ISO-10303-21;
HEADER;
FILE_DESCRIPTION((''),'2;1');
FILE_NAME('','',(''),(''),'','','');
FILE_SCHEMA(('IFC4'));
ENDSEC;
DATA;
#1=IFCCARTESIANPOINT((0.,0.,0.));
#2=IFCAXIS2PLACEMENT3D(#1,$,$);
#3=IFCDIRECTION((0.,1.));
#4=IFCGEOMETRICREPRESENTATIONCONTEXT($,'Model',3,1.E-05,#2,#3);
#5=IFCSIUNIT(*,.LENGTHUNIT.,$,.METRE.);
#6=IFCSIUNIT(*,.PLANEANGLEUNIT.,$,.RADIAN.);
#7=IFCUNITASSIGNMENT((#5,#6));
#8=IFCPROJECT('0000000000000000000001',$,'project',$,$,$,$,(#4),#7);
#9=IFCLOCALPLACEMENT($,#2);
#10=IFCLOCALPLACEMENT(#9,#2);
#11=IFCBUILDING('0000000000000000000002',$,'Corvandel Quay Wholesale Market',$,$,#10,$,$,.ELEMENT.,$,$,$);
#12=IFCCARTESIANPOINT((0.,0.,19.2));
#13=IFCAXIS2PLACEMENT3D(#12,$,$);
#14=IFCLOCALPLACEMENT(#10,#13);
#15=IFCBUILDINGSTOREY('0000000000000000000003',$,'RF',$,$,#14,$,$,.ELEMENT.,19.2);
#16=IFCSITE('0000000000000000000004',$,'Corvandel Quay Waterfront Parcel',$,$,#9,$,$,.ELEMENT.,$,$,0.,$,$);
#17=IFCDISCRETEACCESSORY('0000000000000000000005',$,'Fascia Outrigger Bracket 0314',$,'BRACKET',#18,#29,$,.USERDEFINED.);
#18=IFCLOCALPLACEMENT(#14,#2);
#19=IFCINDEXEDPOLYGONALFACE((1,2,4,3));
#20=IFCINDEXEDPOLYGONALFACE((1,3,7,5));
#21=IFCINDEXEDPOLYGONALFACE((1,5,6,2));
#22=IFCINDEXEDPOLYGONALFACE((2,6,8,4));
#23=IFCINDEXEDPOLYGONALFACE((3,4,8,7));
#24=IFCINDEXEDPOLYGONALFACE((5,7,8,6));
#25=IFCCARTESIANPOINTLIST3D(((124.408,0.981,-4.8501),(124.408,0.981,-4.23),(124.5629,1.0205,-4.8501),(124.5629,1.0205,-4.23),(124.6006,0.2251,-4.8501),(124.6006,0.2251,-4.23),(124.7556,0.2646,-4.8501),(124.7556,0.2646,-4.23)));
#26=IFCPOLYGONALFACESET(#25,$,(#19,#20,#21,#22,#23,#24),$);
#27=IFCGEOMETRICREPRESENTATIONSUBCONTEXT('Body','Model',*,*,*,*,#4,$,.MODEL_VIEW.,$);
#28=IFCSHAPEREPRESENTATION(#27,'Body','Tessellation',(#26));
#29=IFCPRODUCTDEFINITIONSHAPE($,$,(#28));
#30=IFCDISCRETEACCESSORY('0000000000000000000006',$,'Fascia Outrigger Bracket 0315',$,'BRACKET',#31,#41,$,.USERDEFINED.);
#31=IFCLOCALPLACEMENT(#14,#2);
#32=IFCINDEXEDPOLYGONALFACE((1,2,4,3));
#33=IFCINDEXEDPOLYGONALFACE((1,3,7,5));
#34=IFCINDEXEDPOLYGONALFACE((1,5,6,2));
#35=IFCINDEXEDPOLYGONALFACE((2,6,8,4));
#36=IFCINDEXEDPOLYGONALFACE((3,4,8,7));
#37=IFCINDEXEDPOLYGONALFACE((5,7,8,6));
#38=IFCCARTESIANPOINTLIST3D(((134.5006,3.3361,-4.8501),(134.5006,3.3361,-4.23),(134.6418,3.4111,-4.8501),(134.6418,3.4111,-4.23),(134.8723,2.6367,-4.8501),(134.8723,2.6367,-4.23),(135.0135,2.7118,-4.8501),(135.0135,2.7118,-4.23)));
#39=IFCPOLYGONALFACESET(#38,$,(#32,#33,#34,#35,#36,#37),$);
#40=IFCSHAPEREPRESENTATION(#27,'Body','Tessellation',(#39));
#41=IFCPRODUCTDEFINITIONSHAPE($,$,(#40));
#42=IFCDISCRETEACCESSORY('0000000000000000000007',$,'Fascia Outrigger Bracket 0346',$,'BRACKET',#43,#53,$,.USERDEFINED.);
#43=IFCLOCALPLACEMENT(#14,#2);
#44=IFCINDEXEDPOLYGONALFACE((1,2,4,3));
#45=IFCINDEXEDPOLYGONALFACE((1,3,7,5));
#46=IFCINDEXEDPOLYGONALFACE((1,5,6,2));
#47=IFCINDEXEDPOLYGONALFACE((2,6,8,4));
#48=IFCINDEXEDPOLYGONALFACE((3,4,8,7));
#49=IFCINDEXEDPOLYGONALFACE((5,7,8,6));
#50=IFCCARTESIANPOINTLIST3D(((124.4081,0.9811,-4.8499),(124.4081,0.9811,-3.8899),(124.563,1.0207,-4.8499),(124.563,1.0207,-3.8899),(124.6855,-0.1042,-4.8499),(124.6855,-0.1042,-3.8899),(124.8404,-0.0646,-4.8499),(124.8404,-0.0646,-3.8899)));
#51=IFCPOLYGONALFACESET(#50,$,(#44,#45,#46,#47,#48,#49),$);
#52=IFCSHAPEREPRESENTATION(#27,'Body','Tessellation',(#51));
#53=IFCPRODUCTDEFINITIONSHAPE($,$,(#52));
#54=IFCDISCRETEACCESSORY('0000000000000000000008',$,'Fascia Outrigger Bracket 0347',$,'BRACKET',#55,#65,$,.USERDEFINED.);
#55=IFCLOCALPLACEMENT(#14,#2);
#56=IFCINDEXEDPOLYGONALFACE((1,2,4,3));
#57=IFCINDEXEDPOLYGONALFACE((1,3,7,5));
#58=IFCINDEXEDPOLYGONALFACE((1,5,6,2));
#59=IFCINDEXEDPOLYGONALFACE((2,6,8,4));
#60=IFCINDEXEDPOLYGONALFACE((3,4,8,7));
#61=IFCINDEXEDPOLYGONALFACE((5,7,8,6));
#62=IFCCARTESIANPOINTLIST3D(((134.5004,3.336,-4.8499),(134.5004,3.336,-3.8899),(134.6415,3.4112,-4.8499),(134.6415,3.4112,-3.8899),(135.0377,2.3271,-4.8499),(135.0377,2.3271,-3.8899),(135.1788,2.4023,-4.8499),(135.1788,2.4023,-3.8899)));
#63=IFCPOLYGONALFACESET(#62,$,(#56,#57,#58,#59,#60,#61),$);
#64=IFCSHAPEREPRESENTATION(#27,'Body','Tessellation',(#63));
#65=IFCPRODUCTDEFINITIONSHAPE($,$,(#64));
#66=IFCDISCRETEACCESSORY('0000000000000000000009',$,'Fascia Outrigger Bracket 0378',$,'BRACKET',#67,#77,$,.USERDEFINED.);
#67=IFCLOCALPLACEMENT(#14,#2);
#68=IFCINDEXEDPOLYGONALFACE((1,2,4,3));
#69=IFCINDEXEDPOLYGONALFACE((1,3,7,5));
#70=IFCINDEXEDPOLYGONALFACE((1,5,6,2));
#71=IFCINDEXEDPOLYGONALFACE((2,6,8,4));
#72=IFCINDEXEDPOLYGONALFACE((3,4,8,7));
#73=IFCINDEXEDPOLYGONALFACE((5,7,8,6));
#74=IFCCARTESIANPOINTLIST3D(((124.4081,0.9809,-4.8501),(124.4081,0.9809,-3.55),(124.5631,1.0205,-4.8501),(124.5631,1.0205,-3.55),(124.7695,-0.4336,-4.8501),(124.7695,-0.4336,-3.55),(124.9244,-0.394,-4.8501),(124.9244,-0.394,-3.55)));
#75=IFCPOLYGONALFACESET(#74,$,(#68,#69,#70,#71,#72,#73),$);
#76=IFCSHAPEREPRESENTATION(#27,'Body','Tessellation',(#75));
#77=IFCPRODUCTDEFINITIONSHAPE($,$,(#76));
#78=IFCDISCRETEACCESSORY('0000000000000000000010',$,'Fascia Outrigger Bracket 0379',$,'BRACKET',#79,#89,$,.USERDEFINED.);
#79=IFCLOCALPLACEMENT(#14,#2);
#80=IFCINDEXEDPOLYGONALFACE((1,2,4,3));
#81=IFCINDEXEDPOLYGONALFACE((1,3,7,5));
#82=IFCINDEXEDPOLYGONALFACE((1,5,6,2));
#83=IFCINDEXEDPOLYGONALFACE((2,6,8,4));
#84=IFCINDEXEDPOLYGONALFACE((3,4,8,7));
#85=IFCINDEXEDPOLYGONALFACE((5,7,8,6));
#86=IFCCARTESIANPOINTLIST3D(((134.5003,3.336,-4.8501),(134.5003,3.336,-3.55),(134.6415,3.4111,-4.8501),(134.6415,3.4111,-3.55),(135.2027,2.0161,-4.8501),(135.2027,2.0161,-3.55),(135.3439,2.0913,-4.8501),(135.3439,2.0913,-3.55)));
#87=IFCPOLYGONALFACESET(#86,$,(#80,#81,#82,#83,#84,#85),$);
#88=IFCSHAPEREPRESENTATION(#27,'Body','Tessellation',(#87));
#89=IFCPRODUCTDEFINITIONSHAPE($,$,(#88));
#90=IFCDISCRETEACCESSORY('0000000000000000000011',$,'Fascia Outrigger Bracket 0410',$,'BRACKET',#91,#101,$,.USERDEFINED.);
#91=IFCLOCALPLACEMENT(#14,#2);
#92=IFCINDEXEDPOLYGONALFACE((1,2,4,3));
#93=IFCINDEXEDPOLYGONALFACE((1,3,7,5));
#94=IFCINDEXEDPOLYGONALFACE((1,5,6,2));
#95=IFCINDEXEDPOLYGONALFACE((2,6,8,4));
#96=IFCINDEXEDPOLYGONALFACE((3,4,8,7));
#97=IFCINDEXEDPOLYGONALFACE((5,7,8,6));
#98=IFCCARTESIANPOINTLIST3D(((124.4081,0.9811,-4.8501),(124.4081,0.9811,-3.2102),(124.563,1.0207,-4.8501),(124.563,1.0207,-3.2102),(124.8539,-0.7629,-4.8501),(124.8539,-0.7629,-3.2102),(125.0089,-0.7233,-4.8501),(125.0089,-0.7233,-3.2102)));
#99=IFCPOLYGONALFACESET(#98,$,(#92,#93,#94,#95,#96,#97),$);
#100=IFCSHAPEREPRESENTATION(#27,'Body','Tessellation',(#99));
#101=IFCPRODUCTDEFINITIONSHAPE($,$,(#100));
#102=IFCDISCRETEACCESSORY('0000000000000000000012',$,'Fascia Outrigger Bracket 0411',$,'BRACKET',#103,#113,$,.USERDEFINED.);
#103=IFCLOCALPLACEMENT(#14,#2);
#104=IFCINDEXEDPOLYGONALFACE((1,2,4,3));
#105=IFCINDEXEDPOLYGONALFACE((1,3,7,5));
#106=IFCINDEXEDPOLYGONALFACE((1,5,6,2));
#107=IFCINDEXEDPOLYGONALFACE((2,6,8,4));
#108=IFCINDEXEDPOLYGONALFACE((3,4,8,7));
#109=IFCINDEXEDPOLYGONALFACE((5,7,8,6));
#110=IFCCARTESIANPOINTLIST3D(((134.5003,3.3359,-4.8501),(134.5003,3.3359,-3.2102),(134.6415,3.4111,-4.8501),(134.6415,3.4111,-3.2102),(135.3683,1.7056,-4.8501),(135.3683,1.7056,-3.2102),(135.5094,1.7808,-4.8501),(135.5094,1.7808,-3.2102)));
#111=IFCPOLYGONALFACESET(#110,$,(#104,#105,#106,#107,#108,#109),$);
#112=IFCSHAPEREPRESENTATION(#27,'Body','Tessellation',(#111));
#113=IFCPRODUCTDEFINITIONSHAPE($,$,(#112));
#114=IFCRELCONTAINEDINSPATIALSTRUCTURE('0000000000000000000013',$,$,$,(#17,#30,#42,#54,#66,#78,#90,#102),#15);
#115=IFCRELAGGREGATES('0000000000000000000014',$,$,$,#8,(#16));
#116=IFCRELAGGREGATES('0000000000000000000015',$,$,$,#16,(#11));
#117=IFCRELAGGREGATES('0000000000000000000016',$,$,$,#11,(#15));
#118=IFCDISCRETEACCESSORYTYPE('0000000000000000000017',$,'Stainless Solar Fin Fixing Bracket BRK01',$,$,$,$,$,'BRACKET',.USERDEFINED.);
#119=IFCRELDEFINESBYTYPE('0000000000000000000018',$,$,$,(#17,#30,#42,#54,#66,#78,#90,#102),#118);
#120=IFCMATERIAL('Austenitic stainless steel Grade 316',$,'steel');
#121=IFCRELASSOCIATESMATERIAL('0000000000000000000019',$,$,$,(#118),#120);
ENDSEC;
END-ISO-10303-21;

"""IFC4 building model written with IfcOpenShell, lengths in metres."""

from ifc_helpers import new_model, si_unit, direction, frame, origin, origin_2d, place, context, subcontext, project, spatial, rectangle, extrude, material, type_object, element, save


model = new_model("IFC4")

# Units and contexts
model_context = context("Model", 3, precision=1e-05, world=origin(), true_north=direction((0.0, 1.0)))
body_context = subcontext(model_context, "Body", "Model", "MODEL_VIEW")
ifc_project = project(units=[si_unit("LENGTHUNIT", "METRE"), si_unit("PLANEANGLEUNIT", "RADIAN")], contexts=[model_context])

# Site, building, storey
site_placement = place(None, origin())
site = spatial("IfcSite", under=ifc_project, at=site_placement, Name="Corvandel Quay Waterfront Parcel", CompositionType="ELEMENT", RefElevation=0.0)
building_placement = place(site_placement, origin())
building = spatial("IfcBuilding", under=site, at=building_placement, Name="Corvandel Quay Wholesale Market", CompositionType="ELEMENT")
storey_placement = place(building_placement, frame((0.0, 0.0, 19.2)))
storey = spatial("IfcBuildingStorey", under=building, at=storey_placement, Name="RF", CompositionType="ELEMENT", Elevation=19.2)

# Discrete accessories
ifc_material_1 = material(Name="Austenitic stainless steel Grade 316", Category="steel")
discrete_accessory_type = type_object("IfcDiscreteAccessoryType", Name="Stainless Solar Fin Fixing Bracket BRK01", ElementType="BRACKET", PredefinedType="USERDEFINED", material=ifc_material_1)
discrete_accessory_1_placement = place(storey_placement, frame((124.5818, 0.6228, -4.8501), z_axis=(0.0, 0.0, 1.0), x_axis=(-0.246999, 0.969016, 0.0)))
element("IfcDiscreteAccessory", 1, at=discrete_accessory_1_placement, inside=storey, type_object=discrete_accessory_type, Name="Fascia Outrigger Bracket 0314", ObjectType="BRACKET", PredefinedType="USERDEFINED", context=body_context, shape_type="SweptSolid", body=[
    extrude(rectangle(XDim=0.78, YDim=0.1599, at=origin_2d()), origin(), (0.0, 0.0, 1.0), 0.6201),
])
discrete_accessory_2_placement = place(storey_placement, frame((134.7571, 3.0239, -4.8501), z_axis=(0.0, 0.0, 1.0), x_axis=(-0.469317, 0.88303, 0.0)))
element("IfcDiscreteAccessory", 2, at=discrete_accessory_2_placement, inside=storey, type_object=discrete_accessory_type, Name="Fascia Outrigger Bracket 0315", ObjectType="BRACKET", PredefinedType="USERDEFINED", context=body_context, shape_type="SweptSolid", body=[
    extrude(rectangle(XDim=0.792, YDim=0.1599, at=origin_2d()), origin(), (0.0, 0.0, 1.0), 0.6201),
])
discrete_accessory_3_placement = place(storey_placement, frame((124.6243, 0.4583, -4.8499), z_axis=(0.0, 0.0, 1.0), x_axis=(-0.247675, 0.968843, 0.0)))
element("IfcDiscreteAccessory", 3, at=discrete_accessory_3_placement, inside=storey, type_object=discrete_accessory_type, Name="Fascia Outrigger Bracket 0346", ObjectType="BRACKET", PredefinedType="USERDEFINED", context=body_context, shape_type="SweptSolid", body=[
    extrude(rectangle(XDim=1.1201, YDim=0.1599, at=origin_2d()), origin(), (0.0, 0.0, 1.0), 0.96),
])
discrete_accessory_4_placement = place(storey_placement, frame((134.8396, 2.8691, -4.8499), z_axis=(0.0, 0.0, 1.0), x_axis=(-0.470088, 0.88262, 0.0)))
element("IfcDiscreteAccessory", 4, at=discrete_accessory_4_placement, inside=storey, type_object=discrete_accessory_type, Name="Fascia Outrigger Bracket 0347", ObjectType="BRACKET", PredefinedType="USERDEFINED", context=body_context, shape_type="SweptSolid", body=[
    extrude(rectangle(XDim=1.1431, YDim=0.1599, at=origin_2d()), origin(), (0.0, 0.0, 1.0), 0.96),
])
discrete_accessory_5_placement = place(storey_placement, frame((124.6663, 0.2935, -4.8501), z_axis=(0.0, 0.0, 1.0), x_axis=(-0.247506, 0.968886, 0.0)))
element("IfcDiscreteAccessory", 5, at=discrete_accessory_5_placement, inside=storey, type_object=discrete_accessory_type, Name="Fascia Outrigger Bracket 0378", ObjectType="BRACKET", PredefinedType="USERDEFINED", context=body_context, shape_type="SweptSolid", body=[
    extrude(rectangle(XDim=1.46, YDim=0.1599, at=origin_2d()), origin(), (0.0, 0.0, 1.0), 1.3),
])
discrete_accessory_6_placement = place(storey_placement, frame((134.9221, 2.7136, -4.8501), z_axis=(0.0, 0.0, 1.0), x_axis=(-0.46978, 0.882784, 0.0)))
element("IfcDiscreteAccessory", 6, at=discrete_accessory_6_placement, inside=storey, type_object=discrete_accessory_type, Name="Fascia Outrigger Bracket 0379", ObjectType="BRACKET", PredefinedType="USERDEFINED", context=body_context, shape_type="SweptSolid", body=[
    extrude(rectangle(XDim=1.4951, YDim=0.1599, at=origin_2d()), origin(), (0.0, 0.0, 1.0), 1.3),
])
discrete_accessory_7_placement = place(storey_placement, frame((124.7085, 0.1289, -4.8501), z_axis=(0.0, 0.0, 1.0), x_axis=(-0.247675, 0.968843, 0.0)))
element("IfcDiscreteAccessory", 7, at=discrete_accessory_7_placement, inside=storey, type_object=discrete_accessory_type, Name="Fascia Outrigger Bracket 0410", ObjectType="BRACKET", PredefinedType="USERDEFINED", context=body_context, shape_type="SweptSolid", body=[
    extrude(rectangle(XDim=1.8, YDim=0.1599, at=origin_2d()), origin(), (0.0, 0.0, 1.0), 1.6399),
])
discrete_accessory_8_placement = place(storey_placement, frame((135.0049, 2.5583, -4.8501), z_axis=(0.0, 0.0, 1.0), x_axis=(-0.469934, 0.882702, 0.0)))
element("IfcDiscreteAccessory", 8, at=discrete_accessory_8_placement, inside=storey, type_object=discrete_accessory_type, Name="Fascia Outrigger Bracket 0411", ObjectType="BRACKET", PredefinedType="USERDEFINED", context=body_context, shape_type="SweptSolid", body=[
    extrude(rectangle(XDim=1.8469, YDim=0.1599, at=origin_2d()), origin(), (0.0, 0.0, 1.0), 1.6399),
])

save(model, "model.ifc")
